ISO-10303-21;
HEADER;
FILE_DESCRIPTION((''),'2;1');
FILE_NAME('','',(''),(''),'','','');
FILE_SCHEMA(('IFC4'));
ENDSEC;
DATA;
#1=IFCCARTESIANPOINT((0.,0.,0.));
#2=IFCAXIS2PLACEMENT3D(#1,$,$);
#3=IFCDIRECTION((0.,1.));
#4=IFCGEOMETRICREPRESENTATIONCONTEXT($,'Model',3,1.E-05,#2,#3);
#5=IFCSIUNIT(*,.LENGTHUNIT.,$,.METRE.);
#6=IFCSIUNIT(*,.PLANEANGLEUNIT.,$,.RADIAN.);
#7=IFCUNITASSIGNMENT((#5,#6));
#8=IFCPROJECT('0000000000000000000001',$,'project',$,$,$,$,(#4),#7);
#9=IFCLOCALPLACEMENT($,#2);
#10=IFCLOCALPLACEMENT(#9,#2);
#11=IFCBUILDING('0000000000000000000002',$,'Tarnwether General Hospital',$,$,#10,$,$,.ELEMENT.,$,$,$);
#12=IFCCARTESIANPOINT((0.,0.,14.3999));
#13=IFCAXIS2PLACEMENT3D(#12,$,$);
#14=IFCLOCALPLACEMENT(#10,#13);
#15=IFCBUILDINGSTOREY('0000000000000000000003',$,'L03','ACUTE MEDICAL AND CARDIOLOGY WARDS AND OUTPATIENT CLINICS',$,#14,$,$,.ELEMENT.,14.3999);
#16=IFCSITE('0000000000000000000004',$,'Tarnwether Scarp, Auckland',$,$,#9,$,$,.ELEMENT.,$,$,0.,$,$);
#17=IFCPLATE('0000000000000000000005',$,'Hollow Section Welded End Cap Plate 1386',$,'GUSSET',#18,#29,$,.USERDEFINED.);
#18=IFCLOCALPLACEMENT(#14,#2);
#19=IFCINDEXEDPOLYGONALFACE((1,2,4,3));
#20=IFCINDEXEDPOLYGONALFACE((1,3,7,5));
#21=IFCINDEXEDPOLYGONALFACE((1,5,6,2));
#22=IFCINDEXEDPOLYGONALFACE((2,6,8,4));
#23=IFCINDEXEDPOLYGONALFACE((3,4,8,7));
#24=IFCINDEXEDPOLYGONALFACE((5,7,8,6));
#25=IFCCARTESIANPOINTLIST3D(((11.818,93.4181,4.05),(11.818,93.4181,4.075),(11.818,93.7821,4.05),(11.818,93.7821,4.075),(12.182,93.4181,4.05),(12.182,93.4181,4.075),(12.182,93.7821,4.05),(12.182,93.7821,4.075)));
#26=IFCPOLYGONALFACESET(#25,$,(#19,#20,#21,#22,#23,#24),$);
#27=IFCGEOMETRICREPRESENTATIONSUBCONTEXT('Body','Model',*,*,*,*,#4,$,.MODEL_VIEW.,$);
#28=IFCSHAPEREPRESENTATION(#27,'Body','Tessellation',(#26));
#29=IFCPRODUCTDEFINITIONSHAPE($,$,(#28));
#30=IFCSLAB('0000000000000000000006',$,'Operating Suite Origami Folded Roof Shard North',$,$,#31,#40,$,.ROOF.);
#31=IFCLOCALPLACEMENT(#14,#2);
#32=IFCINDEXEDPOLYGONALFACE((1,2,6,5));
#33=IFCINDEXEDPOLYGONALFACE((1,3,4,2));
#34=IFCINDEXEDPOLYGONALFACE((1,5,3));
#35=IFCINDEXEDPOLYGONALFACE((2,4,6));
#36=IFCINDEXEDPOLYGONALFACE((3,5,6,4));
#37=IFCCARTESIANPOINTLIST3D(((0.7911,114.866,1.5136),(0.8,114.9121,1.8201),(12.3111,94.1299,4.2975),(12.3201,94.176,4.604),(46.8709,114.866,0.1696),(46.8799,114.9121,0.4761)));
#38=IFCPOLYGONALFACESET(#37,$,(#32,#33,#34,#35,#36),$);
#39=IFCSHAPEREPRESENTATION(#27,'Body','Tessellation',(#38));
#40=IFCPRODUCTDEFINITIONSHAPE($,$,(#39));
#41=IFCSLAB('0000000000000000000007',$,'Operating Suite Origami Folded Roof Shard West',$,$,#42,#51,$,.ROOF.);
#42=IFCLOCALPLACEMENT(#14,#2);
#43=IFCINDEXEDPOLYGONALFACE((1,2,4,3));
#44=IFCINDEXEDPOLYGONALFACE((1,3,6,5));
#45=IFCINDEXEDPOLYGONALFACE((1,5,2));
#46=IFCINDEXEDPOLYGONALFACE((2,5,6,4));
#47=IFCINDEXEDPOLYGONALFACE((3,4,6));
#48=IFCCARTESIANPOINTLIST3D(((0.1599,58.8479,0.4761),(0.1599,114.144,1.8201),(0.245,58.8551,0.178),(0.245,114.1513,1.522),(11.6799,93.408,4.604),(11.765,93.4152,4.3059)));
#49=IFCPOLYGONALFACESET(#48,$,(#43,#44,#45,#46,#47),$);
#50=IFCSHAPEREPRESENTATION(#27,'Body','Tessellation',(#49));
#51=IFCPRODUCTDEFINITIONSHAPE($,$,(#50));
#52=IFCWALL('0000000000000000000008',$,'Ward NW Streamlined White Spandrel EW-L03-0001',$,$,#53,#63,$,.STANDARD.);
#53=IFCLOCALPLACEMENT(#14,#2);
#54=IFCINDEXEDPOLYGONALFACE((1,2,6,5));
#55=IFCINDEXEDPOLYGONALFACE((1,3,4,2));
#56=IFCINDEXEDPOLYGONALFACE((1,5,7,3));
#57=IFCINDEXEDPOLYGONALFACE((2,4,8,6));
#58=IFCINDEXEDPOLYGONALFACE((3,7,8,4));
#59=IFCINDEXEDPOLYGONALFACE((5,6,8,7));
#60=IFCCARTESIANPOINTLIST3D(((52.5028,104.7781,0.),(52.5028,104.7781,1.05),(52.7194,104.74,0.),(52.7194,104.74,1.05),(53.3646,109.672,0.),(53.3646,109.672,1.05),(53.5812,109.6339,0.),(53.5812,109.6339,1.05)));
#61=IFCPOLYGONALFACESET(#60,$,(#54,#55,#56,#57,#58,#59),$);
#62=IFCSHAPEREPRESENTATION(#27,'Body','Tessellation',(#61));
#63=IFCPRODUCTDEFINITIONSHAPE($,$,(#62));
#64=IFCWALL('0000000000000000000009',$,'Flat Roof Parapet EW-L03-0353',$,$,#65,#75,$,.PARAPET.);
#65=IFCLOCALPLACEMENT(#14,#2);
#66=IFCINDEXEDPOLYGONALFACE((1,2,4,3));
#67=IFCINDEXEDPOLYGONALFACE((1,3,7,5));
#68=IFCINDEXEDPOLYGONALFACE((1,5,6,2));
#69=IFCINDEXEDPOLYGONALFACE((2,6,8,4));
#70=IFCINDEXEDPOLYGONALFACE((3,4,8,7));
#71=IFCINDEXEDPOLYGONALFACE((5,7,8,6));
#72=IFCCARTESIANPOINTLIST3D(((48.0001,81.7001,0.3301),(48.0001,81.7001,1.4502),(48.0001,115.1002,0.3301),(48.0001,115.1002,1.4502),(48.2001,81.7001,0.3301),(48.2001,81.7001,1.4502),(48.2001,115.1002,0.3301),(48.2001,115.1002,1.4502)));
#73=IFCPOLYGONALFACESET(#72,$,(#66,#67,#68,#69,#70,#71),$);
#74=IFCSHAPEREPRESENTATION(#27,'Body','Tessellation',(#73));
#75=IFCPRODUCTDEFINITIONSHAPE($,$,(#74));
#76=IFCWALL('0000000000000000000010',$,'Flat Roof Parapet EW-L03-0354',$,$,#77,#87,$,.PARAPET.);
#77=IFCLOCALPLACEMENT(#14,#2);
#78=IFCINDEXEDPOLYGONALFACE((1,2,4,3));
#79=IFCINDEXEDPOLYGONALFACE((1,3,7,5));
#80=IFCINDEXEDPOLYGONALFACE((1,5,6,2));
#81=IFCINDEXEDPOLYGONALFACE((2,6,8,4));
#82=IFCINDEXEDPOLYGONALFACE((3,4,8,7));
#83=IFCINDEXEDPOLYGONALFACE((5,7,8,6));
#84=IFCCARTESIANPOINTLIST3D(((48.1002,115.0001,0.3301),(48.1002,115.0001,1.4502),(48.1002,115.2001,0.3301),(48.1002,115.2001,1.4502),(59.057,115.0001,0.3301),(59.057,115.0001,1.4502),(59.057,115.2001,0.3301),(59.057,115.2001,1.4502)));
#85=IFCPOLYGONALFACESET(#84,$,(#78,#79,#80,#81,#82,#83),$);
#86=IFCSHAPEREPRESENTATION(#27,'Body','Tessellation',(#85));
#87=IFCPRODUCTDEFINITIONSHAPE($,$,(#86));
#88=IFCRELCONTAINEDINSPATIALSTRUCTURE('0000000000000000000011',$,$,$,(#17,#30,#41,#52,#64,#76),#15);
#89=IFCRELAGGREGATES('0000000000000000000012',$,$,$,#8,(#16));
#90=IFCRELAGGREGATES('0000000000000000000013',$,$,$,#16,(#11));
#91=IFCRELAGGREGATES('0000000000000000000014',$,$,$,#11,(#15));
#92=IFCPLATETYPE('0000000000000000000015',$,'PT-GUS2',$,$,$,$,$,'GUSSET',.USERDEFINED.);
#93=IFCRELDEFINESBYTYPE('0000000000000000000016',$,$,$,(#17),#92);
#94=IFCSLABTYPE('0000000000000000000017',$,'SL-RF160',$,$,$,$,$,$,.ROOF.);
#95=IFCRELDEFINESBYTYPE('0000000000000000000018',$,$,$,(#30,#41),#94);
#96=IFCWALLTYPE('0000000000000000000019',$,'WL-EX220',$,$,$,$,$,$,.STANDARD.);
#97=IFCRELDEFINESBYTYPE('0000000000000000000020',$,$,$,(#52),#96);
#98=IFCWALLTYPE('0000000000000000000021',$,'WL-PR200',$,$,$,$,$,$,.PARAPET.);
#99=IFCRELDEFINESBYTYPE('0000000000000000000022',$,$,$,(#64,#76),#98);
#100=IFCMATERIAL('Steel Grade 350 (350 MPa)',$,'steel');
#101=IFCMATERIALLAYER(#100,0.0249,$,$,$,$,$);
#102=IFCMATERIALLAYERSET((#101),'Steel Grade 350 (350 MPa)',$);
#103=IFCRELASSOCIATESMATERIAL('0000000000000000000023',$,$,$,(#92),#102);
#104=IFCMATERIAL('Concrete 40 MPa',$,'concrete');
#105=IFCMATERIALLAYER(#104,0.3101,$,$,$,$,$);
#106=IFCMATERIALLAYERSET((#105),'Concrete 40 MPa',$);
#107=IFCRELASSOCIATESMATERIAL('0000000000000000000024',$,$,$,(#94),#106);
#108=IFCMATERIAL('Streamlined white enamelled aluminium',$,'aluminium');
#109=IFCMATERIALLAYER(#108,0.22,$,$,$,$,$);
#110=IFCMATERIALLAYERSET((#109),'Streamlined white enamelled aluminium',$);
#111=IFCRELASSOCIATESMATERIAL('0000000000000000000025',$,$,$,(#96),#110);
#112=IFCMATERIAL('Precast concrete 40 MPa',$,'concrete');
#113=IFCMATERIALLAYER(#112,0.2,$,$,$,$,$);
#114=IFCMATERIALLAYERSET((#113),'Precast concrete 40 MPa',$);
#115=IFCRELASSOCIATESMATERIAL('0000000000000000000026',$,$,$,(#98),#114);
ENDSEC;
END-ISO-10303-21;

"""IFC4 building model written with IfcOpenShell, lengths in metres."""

from ifc_helpers import new_model, si_unit, direction, frame, frame_2d, origin, origin_2d, place, context, subcontext, project, spatial, polyline, rectangle, outline, extrude, material, layer, layer_set, type_object, element, save


model = new_model("IFC4")

# Units and contexts
model_context = context("Model", 3, precision=1e-05, world=origin(), true_north=direction((0.0, 1.0)))
body_context = subcontext(model_context, "Body", "Model", "MODEL_VIEW")
ifc_project = project(units=[si_unit("LENGTHUNIT", "METRE"), si_unit("PLANEANGLEUNIT", "RADIAN")], contexts=[model_context])

# Site, building, storey
site_placement = place(None, origin())
site = spatial("IfcSite", under=ifc_project, at=site_placement, Name="Tarnwether Scarp, Auckland", CompositionType="ELEMENT", RefElevation=0.0)
building_placement = place(site_placement, origin())
building = spatial("IfcBuilding", under=site, at=building_placement, Name="Tarnwether General Hospital", CompositionType="ELEMENT")
storey_placement = place(building_placement, frame((0.0, 0.0, 14.3999)))
storey = spatial("IfcBuildingStorey", under=building, at=storey_placement, Name="L03", Description="ACUTE MEDICAL AND CARDIOLOGY WARDS AND OUTPATIENT CLINICS", CompositionType="ELEMENT", Elevation=14.3999)

# Plate
ifc_material_1 = material(Name="Steel Grade 350 (350 MPa)", Category="steel")
ifc_layer_1 = layer(ifc_material_1, 0.0249)
ifc_layer_set_1 = layer_set([ifc_layer_1], Name="Steel Grade 350 (350 MPa)")
plate_type_1 = type_object("IfcPlateType", Name="PT-GUS2", ElementType="GUSSET", PredefinedType="USERDEFINED", material=ifc_layer_set_1)
for number, where, z_axis, x_axis, name in (
    (1, (12.0, 93.6001, 4.05), (0.0, 0.0, 1.0), (1.0, 0.0, 0.0), "Hollow Section Welded End Cap Plate 1386"),
):
    element("IfcPlate", number, at=place(storey_placement, frame(where, z_axis=z_axis, x_axis=x_axis)), inside=storey, type_object=plate_type_1, Name=name, ObjectType="GUSSET", PredefinedType="USERDEFINED", context=body_context, shape_type="SweptSolid", body=[
        extrude(rectangle(XDim=0.364, YDim=0.364, at=origin_2d()), origin(), (0.0, 0.0, 1.0), 0.0249),
    ])

# Slabs
ifc_material_2 = material(Name="Concrete 40 MPa", Category="concrete")
ifc_layer_2 = layer(ifc_material_2, 0.3101)
ifc_layer_set_2 = layer_set([ifc_layer_2], Name="Concrete 40 MPa")
slab_type = type_object("IfcSlabType", Name="SL-RF160", PredefinedType="ROOF", material=ifc_layer_set_2)
slab_1_placement = place(storey_placement, frame((46.8799, 114.9121, 0.4761), z_axis=(0.02883, 0.148723, 0.988459), x_axis=(-0.999575, 0.0, 0.029154)))
element("IfcSlab", 2, at=slab_1_placement, inside=storey, type_object=slab_type, Name="Operating Suite Origami Folded Roof Shard North", PredefinedType="ROOF", context=body_context, shape_type="SweptSolid", body=[
    extrude(outline(polyline([(0.0, 0.0), (46.0994, 0.0), (34.6655, 20.9693), (0.0, 0.0)])), origin(), (0.0, 0.0, -1.0), 0.3101),
])
slab_2_placement = place(storey_placement, frame((0.1599, 114.144, 1.8201), z_axis=(-0.274376, -0.023366, 0.961339), x_axis=(0.0, -0.999705, -0.024298)))
element("IfcSlab", 3, at=slab_2_placement, inside=storey, type_object=slab_type, Name="Operating Suite Origami Folded Roof Shard West", PredefinedType="ROOF", context=body_context, shape_type="SweptSolid", body=[
    extrude(outline(polyline([(0.0, 0.0), (55.3125, 0.0), (20.6623, 11.9798), (0.0, 0.0)])), origin(), (0.0, 0.0, -1.0), 0.3101),
])

# Walls
ifc_material_3 = material(Name="Streamlined white enamelled aluminium", Category="aluminium")
ifc_layer_3 = layer(ifc_material_3, 0.22)
ifc_layer_set_3 = layer_set([ifc_layer_3], Name="Streamlined white enamelled aluminium")
wall_type_1 = type_object("IfcWallType", Name="WL-EX220", PredefinedType="STANDARD", material=ifc_layer_set_3)
wall_1_placement = place(storey_placement, frame((52.6111, 104.759, 0.0), z_axis=(0.0, 0.0, 1.0), x_axis=(0.173427, 0.984847, 0.0)))
element("IfcWall", 4, at=wall_1_placement, inside=storey, type_object=wall_type_1, Name="Ward NW Streamlined White Spandrel EW-L03-0001", PredefinedType="STANDARD", context=body_context, shape_type="SweptSolid", body=[
    extrude(rectangle(XDim=4.9692, YDim=0.22, at=frame_2d((2.4846, 0.0))), origin(), (0.0, 0.0, 1.0), 1.05),
])
ifc_material_4 = material(Name="Precast concrete 40 MPa", Category="concrete")
ifc_layer_4 = layer(ifc_material_4, 0.2)
ifc_layer_set_4 = layer_set([ifc_layer_4], Name="Precast concrete 40 MPa")
wall_type_2 = type_object("IfcWallType", Name="WL-PR200", PredefinedType="PARAPET", material=ifc_layer_set_4)
wall_2_placement = place(storey_placement, frame((48.1001, 81.7, 0.3301), z_axis=(0.0, 0.0, 1.0), x_axis=(0.0, 1.0, 0.0)))
element("IfcWall", 5, at=wall_2_placement, inside=storey, type_object=wall_type_2, Name="Flat Roof Parapet EW-L03-0353", PredefinedType="PARAPET", context=body_context, shape_type="SweptSolid", body=[
    extrude(rectangle(XDim=33.4001, YDim=0.2, at=frame_2d((16.7002, 0.0))), origin(), (0.0, 0.0, 1.0), 1.1201),
])
wall_3_placement = place(storey_placement, frame((48.1001, 115.1001, 0.3301), z_axis=(0.0, 0.0, 1.0), x_axis=(1.0, 0.0, 0.0)))
element("IfcWall", 6, at=wall_3_placement, inside=storey, type_object=wall_type_2, Name="Flat Roof Parapet EW-L03-0354", PredefinedType="PARAPET", context=body_context, shape_type="SweptSolid", body=[
    extrude(rectangle(XDim=10.9568, YDim=0.2, at=frame_2d((5.4785, 0.0))), origin(), (0.0, 0.0, 1.0), 1.1201),
])

save(model, "model.ifc")
